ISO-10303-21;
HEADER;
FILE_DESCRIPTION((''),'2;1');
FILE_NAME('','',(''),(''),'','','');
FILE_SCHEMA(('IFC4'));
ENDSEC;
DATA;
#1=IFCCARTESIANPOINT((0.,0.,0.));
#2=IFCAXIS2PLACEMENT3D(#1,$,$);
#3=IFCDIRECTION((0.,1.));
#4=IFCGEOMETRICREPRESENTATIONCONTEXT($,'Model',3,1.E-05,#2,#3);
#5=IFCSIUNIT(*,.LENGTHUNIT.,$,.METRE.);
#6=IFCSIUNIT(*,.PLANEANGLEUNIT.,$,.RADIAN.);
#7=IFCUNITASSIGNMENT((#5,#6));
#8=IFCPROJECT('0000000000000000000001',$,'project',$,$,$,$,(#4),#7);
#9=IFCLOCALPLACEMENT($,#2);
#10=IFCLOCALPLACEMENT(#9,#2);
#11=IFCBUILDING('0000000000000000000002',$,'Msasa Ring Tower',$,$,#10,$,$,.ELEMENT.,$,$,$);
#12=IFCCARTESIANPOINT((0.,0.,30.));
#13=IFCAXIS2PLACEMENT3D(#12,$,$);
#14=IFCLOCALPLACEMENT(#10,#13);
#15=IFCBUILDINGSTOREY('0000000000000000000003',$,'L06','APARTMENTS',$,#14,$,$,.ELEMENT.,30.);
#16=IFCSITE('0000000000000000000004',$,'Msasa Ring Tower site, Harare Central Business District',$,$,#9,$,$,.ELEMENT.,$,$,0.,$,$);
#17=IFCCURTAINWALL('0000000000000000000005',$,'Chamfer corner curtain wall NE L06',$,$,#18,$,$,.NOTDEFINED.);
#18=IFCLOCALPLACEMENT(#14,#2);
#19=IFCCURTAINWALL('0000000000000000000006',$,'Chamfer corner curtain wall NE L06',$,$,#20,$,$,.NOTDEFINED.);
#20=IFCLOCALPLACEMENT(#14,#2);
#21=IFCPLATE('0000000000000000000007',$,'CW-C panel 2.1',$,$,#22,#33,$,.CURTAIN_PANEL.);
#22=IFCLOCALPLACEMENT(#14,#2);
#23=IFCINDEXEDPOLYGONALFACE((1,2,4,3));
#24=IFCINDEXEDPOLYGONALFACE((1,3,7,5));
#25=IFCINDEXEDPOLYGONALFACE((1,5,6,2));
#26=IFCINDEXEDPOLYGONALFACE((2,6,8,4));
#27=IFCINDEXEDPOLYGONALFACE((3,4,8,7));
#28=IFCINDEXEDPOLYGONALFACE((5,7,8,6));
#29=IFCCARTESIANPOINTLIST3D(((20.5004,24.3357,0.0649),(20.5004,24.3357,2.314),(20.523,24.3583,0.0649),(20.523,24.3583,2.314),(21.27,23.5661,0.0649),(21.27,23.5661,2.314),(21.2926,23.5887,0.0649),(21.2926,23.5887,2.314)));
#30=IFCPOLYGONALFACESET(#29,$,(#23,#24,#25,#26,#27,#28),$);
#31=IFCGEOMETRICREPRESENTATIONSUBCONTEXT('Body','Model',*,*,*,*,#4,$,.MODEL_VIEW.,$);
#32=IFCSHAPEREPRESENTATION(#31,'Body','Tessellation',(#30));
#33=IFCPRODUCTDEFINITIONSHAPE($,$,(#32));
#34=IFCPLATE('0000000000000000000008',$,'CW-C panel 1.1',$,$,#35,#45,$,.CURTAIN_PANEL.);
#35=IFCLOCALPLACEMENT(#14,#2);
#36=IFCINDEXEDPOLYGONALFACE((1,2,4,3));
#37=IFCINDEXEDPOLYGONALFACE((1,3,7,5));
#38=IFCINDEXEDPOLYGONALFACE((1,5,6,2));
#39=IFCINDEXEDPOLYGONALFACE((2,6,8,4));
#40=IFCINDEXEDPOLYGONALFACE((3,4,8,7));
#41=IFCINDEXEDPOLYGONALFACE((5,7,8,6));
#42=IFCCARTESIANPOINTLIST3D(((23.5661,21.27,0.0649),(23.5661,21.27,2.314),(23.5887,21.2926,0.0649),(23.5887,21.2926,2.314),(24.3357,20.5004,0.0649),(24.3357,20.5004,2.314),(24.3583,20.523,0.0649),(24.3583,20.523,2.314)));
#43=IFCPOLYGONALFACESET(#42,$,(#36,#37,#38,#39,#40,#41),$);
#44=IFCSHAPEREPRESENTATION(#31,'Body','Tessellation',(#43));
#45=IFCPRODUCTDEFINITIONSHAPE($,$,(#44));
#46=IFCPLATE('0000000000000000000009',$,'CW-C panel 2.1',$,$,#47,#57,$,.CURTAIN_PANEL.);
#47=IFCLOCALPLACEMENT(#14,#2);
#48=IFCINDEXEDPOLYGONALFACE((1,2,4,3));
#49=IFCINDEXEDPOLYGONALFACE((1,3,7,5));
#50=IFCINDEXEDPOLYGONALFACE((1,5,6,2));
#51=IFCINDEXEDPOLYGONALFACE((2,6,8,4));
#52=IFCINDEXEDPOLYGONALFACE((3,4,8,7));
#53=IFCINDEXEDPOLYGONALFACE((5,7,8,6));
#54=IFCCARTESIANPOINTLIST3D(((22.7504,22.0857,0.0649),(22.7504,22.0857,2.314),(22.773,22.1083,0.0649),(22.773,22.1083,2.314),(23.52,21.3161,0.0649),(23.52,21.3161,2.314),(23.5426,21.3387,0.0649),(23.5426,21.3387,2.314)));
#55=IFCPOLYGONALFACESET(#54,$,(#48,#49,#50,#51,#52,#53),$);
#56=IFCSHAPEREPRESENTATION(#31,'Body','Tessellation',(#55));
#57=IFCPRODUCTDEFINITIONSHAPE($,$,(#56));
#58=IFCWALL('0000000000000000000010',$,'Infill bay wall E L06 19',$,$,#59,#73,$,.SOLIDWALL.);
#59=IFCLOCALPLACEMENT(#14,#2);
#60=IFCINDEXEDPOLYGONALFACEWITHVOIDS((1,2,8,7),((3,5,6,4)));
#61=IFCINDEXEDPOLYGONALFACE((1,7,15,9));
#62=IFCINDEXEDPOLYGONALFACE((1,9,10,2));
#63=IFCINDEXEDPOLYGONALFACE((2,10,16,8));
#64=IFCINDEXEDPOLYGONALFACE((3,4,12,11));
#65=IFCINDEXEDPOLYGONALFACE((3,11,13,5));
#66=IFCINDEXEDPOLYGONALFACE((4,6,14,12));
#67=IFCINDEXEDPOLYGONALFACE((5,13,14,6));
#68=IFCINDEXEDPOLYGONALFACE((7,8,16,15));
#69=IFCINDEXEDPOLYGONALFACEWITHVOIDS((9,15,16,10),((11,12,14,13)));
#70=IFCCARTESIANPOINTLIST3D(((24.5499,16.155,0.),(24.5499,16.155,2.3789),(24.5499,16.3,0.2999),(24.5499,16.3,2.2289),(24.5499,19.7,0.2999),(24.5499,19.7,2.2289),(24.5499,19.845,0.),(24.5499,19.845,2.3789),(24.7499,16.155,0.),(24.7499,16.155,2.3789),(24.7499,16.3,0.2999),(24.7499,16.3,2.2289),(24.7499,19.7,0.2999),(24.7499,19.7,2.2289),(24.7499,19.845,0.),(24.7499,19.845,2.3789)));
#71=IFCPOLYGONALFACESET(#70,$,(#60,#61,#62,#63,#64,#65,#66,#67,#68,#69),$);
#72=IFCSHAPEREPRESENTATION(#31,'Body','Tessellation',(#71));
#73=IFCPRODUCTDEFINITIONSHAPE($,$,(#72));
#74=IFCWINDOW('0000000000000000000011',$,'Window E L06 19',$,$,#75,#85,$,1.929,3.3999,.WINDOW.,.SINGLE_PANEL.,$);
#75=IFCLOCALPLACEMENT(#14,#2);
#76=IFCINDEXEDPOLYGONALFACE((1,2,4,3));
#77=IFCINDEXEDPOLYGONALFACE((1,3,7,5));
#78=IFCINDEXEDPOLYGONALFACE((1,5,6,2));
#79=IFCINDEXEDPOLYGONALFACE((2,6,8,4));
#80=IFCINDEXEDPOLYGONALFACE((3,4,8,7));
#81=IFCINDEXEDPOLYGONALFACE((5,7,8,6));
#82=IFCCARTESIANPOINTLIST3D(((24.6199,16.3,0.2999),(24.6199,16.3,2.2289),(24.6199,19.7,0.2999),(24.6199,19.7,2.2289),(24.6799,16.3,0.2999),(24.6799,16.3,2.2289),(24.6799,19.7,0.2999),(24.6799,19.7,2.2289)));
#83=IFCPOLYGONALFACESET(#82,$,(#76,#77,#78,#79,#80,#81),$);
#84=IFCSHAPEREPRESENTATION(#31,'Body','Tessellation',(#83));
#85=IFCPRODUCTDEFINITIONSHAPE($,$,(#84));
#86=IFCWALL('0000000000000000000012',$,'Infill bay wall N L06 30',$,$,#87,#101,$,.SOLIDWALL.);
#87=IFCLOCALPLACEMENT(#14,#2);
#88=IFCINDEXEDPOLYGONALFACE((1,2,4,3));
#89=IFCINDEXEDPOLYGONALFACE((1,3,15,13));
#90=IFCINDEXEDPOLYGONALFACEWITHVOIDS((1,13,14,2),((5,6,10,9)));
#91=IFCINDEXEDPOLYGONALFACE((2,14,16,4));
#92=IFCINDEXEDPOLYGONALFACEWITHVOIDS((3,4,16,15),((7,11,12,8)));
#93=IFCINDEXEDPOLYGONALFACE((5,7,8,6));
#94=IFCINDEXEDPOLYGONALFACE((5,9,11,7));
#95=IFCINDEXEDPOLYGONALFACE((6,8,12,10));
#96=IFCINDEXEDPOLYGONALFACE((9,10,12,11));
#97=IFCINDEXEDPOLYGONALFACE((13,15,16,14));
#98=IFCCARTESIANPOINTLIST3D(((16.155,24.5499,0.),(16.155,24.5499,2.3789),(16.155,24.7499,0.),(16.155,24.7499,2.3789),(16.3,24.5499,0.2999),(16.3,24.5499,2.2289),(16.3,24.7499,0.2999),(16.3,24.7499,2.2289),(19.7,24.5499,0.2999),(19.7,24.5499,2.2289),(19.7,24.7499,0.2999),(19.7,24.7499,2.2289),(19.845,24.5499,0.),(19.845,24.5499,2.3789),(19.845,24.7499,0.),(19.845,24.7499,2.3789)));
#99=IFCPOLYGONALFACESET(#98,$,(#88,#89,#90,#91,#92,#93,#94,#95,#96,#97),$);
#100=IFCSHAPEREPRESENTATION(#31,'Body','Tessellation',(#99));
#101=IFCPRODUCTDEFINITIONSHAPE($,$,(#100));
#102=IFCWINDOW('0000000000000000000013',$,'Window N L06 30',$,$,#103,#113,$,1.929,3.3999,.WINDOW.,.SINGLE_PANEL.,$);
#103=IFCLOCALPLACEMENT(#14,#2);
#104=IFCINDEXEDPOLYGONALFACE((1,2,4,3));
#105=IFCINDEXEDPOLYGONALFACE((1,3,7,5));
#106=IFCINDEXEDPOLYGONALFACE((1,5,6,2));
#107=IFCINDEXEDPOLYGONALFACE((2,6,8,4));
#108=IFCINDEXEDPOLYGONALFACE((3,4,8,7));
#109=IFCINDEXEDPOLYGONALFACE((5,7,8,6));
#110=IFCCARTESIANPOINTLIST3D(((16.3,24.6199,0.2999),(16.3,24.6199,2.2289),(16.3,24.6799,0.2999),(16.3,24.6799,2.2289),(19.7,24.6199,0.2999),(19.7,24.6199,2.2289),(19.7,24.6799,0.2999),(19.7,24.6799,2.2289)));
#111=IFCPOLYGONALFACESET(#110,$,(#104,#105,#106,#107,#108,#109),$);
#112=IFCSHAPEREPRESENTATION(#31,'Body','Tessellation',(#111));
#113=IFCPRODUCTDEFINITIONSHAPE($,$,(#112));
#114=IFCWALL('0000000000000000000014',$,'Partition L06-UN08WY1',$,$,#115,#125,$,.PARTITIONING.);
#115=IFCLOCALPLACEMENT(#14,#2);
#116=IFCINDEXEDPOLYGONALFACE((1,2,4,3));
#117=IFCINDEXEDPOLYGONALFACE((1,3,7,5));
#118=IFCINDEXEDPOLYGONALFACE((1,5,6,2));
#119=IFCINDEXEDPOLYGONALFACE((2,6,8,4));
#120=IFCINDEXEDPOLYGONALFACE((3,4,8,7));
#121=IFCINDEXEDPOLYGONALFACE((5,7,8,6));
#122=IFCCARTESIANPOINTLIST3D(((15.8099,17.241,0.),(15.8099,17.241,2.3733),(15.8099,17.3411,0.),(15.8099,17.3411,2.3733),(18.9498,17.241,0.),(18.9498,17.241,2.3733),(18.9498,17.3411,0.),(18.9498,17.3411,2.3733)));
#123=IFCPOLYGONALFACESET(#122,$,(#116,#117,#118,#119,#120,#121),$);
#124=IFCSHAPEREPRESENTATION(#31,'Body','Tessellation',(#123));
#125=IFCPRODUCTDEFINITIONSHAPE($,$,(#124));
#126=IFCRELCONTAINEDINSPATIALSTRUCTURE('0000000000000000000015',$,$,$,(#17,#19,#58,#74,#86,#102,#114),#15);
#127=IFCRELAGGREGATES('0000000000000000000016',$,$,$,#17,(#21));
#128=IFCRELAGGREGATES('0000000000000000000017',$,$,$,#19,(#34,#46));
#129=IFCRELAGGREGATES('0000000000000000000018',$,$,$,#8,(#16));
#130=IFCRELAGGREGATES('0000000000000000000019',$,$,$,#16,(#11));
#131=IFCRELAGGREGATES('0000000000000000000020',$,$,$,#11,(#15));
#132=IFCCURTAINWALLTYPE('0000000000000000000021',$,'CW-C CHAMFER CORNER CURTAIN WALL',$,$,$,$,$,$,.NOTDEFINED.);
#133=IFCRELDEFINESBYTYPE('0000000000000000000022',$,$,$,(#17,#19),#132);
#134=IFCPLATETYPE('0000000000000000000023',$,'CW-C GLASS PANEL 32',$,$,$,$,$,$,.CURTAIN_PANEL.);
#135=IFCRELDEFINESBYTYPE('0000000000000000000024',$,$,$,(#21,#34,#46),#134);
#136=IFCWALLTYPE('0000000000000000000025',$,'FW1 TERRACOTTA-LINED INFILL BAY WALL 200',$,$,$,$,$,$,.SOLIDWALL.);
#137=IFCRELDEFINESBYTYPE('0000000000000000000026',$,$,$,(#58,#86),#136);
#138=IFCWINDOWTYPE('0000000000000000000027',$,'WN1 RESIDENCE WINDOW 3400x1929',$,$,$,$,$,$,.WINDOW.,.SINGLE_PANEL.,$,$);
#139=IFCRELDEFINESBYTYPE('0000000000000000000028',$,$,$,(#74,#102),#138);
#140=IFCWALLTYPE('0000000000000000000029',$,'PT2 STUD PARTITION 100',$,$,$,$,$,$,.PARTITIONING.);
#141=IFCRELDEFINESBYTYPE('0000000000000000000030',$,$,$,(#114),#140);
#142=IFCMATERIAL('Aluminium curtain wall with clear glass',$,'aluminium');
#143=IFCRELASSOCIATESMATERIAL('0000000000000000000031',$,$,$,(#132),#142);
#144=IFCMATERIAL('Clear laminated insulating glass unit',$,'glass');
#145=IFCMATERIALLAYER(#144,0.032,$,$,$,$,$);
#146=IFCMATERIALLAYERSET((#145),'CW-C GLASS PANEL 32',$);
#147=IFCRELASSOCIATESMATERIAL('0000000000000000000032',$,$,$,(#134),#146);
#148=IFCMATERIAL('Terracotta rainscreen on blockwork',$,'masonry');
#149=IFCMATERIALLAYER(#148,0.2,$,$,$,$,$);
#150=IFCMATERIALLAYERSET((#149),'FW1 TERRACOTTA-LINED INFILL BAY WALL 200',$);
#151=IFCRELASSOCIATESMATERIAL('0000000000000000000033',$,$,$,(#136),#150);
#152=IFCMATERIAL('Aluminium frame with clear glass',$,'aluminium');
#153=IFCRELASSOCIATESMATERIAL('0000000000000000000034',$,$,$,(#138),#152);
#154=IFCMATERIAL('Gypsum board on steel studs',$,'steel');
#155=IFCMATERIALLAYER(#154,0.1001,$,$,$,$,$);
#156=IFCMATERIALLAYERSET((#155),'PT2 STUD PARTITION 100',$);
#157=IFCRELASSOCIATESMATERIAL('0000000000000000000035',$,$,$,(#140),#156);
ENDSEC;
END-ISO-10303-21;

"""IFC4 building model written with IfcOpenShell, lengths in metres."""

from ifc_helpers import new_model, si_unit, direction, frame, frame_2d, origin, origin_2d, place, context, subcontext, project, spatial, rectangle, extrude, material, layer, layer_set, type_object, element, fill, aggregate, save


model = new_model("IFC4")

# Units and contexts
model_context = context("Model", 3, precision=1e-05, world=origin(), true_north=direction((0.0, 1.0)))
body_context = subcontext(model_context, "Body", "Model", "MODEL_VIEW")
ifc_project = project(units=[si_unit("LENGTHUNIT", "METRE"), si_unit("PLANEANGLEUNIT", "RADIAN")], contexts=[model_context])

# Site, building, storey
site_placement = place(None, origin())
site = spatial("IfcSite", under=ifc_project, at=site_placement, Name="Msasa Ring Tower site, Harare Central Business District", CompositionType="ELEMENT", RefElevation=0.0)
building_placement = place(site_placement, origin())
building = spatial("IfcBuilding", under=site, at=building_placement, Name="Msasa Ring Tower", CompositionType="ELEMENT")
storey_placement = place(building_placement, frame((0.0, 0.0, 30.0)))
storey = spatial("IfcBuildingStorey", under=building, at=storey_placement, Name="L06", Description="APARTMENTS", CompositionType="ELEMENT", Elevation=30.0)

# Curtain walls
ifc_material_1 = material(Name="Aluminium curtain wall with clear glass", Category="aluminium")
curtain_wall_type = type_object("IfcCurtainWallType", Name="CW-C CHAMFER CORNER CURTAIN WALL", PredefinedType="NOTDEFINED", material=ifc_material_1)
curtain_wall_1_placement = place(storey_placement, origin())
curtain_wall_1 = element("IfcCurtainWall", 1, at=curtain_wall_1_placement, inside=storey, type_object=curtain_wall_type, Name="Chamfer corner curtain wall NE L06", PredefinedType="NOTDEFINED")
curtain_wall_2_placement = place(storey_placement, origin())
curtain_wall_2 = element("IfcCurtainWall", 2, at=curtain_wall_2_placement, inside=storey, type_object=curtain_wall_type, Name="Chamfer corner curtain wall NE L06", PredefinedType="NOTDEFINED")

# Plates
ifc_material_2 = material(Name="Clear laminated insulating glass unit", Category="glass")
ifc_layer_1 = layer(ifc_material_2, 0.032)
ifc_layer_set_1 = layer_set([ifc_layer_1], Name="CW-C GLASS PANEL 32")
plate_type = type_object("IfcPlateType", Name="CW-C GLASS PANEL 32", PredefinedType="CURTAIN_PANEL", material=ifc_layer_set_1)
plate_1_placement = place(storey_placement, frame((20.8965, 23.9622, 0.0649), z_axis=(0.0, 0.0, 1.0), x_axis=(-0.707107, 0.707107, 0.0)))
plate_1 = element("IfcPlate", 3, at=plate_1_placement, type_object=plate_type, Name="CW-C panel 2.1", PredefinedType="CURTAIN_PANEL", context=body_context, shape_type="SweptSolid", body=[
    extrude(rectangle(XDim=1.0884, YDim=0.032, at=origin_2d()), origin(), (0.0, 0.0, 1.0), 2.249),
])
aggregate(curtain_wall_1, [plate_1])
plate_2_placement = place(storey_placement, frame((23.9622, 20.8965, 0.0649), z_axis=(0.0, 0.0, 1.0), x_axis=(-0.707107, 0.707107, 0.0)))
plate_2 = element("IfcPlate", 4, at=plate_2_placement, type_object=plate_type, Name="CW-C panel 1.1", PredefinedType="CURTAIN_PANEL", context=body_context, shape_type="SweptSolid", body=[
    extrude(rectangle(XDim=1.0884, YDim=0.032, at=origin_2d()), origin(), (0.0, 0.0, 1.0), 2.249),
])
plate_3_placement = place(storey_placement, frame((23.1465, 21.7122, 0.0649), z_axis=(0.0, 0.0, 1.0), x_axis=(-0.707107, 0.707107, 0.0)))
plate_3 = element("IfcPlate", 5, at=plate_3_placement, type_object=plate_type, Name="CW-C panel 2.1", PredefinedType="CURTAIN_PANEL", context=body_context, shape_type="SweptSolid", body=[
    extrude(rectangle(XDim=1.0884, YDim=0.032, at=origin_2d()), origin(), (0.0, 0.0, 1.0), 2.249),
])
aggregate(curtain_wall_2, [plate_2, plate_3])

# Walls, openings, windows
ifc_material_3 = material(Name="Terracotta rainscreen on blockwork", Category="masonry")
ifc_layer_2 = layer(ifc_material_3, 0.2)
ifc_layer_set_2 = layer_set([ifc_layer_2], Name="FW1 TERRACOTTA-LINED INFILL BAY WALL 200")
wall_type_1 = type_object("IfcWallType", Name="FW1 TERRACOTTA-LINED INFILL BAY WALL 200", PredefinedType="SOLIDWALL", material=ifc_layer_set_2)
wall_1_placement = place(storey_placement, frame((24.6499, 16.155, 0.0), z_axis=(0.0, 0.0, 1.0), x_axis=(0.0, 1.0, 0.0)))
wall_1 = element("IfcWall", 6, at=wall_1_placement, inside=storey, type_object=wall_type_1, Name="Infill bay wall E L06 19", PredefinedType="SOLIDWALL", context=body_context, shape_type="SweptSolid", body=[
    extrude(rectangle(XDim=3.6899, YDim=0.2, at=frame_2d((1.845, 0.0))), origin(), (0.0, 0.0, 1.0), 2.3789),
])
opening_1_placement = place(wall_1_placement, frame((0.145, 0.0, 0.3)))
opening_1 = element("IfcOpeningElement", 7, at=opening_1_placement, cuts=wall_1, PredefinedType="OPENING", context=body_context, shape_type="SweptSolid", body=[
    extrude(rectangle(XDim=3.3999, YDim=1.929, at=frame_2d((1.7, 0.9644))), frame((0.0, 0.1099, 0.0), z_axis=(0.0, -1.0, 0.0), x_axis=(1.0, 0.0, 0.0)), (0.0, 0.0, 1.0), 0.22),
])
ifc_material_4 = material(Name="Aluminium frame with clear glass", Category="aluminium")
window_type = type_object("IfcWindowType", Name="WN1 RESIDENCE WINDOW 3400x1929", PartitioningType="SINGLE_PANEL", PredefinedType="WINDOW", material=ifc_material_4)
window_1_placement = place(opening_1_placement, origin())
window_1 = element("IfcWindow", 8, at=window_1_placement, inside=storey, type_object=window_type, Name="Window E L06 19", OverallHeight=1.929, OverallWidth=3.3999, PartitioningType="SINGLE_PANEL", PredefinedType="WINDOW", context=body_context, shape_type="SweptSolid", body=[
    extrude(rectangle(XDim=3.3999, YDim=1.929, at=frame_2d((1.7, 0.9644))), frame((0.0, 0.03, 0.0), z_axis=(0.0, -1.0, 0.0), x_axis=(1.0, 0.0, 0.0)), (0.0, 0.0, 1.0), 0.0601),
])
fill(opening_1, window_1)
wall_2_placement = place(storey_placement, frame((16.155, 24.6499, 0.0), z_axis=(0.0, 0.0, 1.0), x_axis=(1.0, 0.0, 0.0)))
wall_2 = element("IfcWall", 9, at=wall_2_placement, inside=storey, type_object=wall_type_1, Name="Infill bay wall N L06 30", PredefinedType="SOLIDWALL", context=body_context, shape_type="SweptSolid", body=[
    extrude(rectangle(XDim=3.6899, YDim=0.2, at=frame_2d((1.845, 0.0))), origin(), (0.0, 0.0, 1.0), 2.3789),
])
opening_2_placement = place(wall_2_placement, frame((0.145, 0.0, 0.3)))
opening_2 = element("IfcOpeningElement", 10, at=opening_2_placement, cuts=wall_2, PredefinedType="OPENING", context=body_context, shape_type="SweptSolid", body=[
    extrude(rectangle(XDim=3.3999, YDim=1.929, at=frame_2d((1.7, 0.9644))), frame((0.0, 0.1099, 0.0), z_axis=(0.0, -1.0, 0.0), x_axis=(1.0, 0.0, 0.0)), (0.0, 0.0, 1.0), 0.22),
])
window_2_placement = place(opening_2_placement, origin())
window_2 = element("IfcWindow", 11, at=window_2_placement, inside=storey, type_object=window_type, Name="Window N L06 30", OverallHeight=1.929, OverallWidth=3.3999, PartitioningType="SINGLE_PANEL", PredefinedType="WINDOW", context=body_context, shape_type="SweptSolid", body=[
    extrude(rectangle(XDim=3.3999, YDim=1.929, at=frame_2d((1.7, 0.9644))), frame((0.0, 0.03, 0.0), z_axis=(0.0, -1.0, 0.0), x_axis=(1.0, 0.0, 0.0)), (0.0, 0.0, 1.0), 0.0601),
])
fill(opening_2, window_2)

# Wall
ifc_material_5 = material(Name="Gypsum board on steel studs", Category="steel")
ifc_layer_3 = layer(ifc_material_5, 0.1001)
ifc_layer_set_3 = layer_set([ifc_layer_3], Name="PT2 STUD PARTITION 100")
wall_type_2 = type_object("IfcWallType", Name="PT2 STUD PARTITION 100", PredefinedType="PARTITIONING", material=ifc_layer_set_3)
wall_3_placement = place(storey_placement, frame((15.8101, 17.291, 0.0), z_axis=(0.0, 0.0, 1.0), x_axis=(1.0, 0.0, 0.0)))
element("IfcWall", 12, at=wall_3_placement, inside=storey, type_object=wall_type_2, Name="Partition L06-UN08WY1", PredefinedType="PARTITIONING", context=body_context, shape_type="SweptSolid", body=[
    extrude(rectangle(XDim=3.1399, YDim=0.1001, at=frame_2d((1.5698, 0.0))), origin(), (0.0, 0.0, 1.0), 2.3733),
])

save(model, "model.ifc")
